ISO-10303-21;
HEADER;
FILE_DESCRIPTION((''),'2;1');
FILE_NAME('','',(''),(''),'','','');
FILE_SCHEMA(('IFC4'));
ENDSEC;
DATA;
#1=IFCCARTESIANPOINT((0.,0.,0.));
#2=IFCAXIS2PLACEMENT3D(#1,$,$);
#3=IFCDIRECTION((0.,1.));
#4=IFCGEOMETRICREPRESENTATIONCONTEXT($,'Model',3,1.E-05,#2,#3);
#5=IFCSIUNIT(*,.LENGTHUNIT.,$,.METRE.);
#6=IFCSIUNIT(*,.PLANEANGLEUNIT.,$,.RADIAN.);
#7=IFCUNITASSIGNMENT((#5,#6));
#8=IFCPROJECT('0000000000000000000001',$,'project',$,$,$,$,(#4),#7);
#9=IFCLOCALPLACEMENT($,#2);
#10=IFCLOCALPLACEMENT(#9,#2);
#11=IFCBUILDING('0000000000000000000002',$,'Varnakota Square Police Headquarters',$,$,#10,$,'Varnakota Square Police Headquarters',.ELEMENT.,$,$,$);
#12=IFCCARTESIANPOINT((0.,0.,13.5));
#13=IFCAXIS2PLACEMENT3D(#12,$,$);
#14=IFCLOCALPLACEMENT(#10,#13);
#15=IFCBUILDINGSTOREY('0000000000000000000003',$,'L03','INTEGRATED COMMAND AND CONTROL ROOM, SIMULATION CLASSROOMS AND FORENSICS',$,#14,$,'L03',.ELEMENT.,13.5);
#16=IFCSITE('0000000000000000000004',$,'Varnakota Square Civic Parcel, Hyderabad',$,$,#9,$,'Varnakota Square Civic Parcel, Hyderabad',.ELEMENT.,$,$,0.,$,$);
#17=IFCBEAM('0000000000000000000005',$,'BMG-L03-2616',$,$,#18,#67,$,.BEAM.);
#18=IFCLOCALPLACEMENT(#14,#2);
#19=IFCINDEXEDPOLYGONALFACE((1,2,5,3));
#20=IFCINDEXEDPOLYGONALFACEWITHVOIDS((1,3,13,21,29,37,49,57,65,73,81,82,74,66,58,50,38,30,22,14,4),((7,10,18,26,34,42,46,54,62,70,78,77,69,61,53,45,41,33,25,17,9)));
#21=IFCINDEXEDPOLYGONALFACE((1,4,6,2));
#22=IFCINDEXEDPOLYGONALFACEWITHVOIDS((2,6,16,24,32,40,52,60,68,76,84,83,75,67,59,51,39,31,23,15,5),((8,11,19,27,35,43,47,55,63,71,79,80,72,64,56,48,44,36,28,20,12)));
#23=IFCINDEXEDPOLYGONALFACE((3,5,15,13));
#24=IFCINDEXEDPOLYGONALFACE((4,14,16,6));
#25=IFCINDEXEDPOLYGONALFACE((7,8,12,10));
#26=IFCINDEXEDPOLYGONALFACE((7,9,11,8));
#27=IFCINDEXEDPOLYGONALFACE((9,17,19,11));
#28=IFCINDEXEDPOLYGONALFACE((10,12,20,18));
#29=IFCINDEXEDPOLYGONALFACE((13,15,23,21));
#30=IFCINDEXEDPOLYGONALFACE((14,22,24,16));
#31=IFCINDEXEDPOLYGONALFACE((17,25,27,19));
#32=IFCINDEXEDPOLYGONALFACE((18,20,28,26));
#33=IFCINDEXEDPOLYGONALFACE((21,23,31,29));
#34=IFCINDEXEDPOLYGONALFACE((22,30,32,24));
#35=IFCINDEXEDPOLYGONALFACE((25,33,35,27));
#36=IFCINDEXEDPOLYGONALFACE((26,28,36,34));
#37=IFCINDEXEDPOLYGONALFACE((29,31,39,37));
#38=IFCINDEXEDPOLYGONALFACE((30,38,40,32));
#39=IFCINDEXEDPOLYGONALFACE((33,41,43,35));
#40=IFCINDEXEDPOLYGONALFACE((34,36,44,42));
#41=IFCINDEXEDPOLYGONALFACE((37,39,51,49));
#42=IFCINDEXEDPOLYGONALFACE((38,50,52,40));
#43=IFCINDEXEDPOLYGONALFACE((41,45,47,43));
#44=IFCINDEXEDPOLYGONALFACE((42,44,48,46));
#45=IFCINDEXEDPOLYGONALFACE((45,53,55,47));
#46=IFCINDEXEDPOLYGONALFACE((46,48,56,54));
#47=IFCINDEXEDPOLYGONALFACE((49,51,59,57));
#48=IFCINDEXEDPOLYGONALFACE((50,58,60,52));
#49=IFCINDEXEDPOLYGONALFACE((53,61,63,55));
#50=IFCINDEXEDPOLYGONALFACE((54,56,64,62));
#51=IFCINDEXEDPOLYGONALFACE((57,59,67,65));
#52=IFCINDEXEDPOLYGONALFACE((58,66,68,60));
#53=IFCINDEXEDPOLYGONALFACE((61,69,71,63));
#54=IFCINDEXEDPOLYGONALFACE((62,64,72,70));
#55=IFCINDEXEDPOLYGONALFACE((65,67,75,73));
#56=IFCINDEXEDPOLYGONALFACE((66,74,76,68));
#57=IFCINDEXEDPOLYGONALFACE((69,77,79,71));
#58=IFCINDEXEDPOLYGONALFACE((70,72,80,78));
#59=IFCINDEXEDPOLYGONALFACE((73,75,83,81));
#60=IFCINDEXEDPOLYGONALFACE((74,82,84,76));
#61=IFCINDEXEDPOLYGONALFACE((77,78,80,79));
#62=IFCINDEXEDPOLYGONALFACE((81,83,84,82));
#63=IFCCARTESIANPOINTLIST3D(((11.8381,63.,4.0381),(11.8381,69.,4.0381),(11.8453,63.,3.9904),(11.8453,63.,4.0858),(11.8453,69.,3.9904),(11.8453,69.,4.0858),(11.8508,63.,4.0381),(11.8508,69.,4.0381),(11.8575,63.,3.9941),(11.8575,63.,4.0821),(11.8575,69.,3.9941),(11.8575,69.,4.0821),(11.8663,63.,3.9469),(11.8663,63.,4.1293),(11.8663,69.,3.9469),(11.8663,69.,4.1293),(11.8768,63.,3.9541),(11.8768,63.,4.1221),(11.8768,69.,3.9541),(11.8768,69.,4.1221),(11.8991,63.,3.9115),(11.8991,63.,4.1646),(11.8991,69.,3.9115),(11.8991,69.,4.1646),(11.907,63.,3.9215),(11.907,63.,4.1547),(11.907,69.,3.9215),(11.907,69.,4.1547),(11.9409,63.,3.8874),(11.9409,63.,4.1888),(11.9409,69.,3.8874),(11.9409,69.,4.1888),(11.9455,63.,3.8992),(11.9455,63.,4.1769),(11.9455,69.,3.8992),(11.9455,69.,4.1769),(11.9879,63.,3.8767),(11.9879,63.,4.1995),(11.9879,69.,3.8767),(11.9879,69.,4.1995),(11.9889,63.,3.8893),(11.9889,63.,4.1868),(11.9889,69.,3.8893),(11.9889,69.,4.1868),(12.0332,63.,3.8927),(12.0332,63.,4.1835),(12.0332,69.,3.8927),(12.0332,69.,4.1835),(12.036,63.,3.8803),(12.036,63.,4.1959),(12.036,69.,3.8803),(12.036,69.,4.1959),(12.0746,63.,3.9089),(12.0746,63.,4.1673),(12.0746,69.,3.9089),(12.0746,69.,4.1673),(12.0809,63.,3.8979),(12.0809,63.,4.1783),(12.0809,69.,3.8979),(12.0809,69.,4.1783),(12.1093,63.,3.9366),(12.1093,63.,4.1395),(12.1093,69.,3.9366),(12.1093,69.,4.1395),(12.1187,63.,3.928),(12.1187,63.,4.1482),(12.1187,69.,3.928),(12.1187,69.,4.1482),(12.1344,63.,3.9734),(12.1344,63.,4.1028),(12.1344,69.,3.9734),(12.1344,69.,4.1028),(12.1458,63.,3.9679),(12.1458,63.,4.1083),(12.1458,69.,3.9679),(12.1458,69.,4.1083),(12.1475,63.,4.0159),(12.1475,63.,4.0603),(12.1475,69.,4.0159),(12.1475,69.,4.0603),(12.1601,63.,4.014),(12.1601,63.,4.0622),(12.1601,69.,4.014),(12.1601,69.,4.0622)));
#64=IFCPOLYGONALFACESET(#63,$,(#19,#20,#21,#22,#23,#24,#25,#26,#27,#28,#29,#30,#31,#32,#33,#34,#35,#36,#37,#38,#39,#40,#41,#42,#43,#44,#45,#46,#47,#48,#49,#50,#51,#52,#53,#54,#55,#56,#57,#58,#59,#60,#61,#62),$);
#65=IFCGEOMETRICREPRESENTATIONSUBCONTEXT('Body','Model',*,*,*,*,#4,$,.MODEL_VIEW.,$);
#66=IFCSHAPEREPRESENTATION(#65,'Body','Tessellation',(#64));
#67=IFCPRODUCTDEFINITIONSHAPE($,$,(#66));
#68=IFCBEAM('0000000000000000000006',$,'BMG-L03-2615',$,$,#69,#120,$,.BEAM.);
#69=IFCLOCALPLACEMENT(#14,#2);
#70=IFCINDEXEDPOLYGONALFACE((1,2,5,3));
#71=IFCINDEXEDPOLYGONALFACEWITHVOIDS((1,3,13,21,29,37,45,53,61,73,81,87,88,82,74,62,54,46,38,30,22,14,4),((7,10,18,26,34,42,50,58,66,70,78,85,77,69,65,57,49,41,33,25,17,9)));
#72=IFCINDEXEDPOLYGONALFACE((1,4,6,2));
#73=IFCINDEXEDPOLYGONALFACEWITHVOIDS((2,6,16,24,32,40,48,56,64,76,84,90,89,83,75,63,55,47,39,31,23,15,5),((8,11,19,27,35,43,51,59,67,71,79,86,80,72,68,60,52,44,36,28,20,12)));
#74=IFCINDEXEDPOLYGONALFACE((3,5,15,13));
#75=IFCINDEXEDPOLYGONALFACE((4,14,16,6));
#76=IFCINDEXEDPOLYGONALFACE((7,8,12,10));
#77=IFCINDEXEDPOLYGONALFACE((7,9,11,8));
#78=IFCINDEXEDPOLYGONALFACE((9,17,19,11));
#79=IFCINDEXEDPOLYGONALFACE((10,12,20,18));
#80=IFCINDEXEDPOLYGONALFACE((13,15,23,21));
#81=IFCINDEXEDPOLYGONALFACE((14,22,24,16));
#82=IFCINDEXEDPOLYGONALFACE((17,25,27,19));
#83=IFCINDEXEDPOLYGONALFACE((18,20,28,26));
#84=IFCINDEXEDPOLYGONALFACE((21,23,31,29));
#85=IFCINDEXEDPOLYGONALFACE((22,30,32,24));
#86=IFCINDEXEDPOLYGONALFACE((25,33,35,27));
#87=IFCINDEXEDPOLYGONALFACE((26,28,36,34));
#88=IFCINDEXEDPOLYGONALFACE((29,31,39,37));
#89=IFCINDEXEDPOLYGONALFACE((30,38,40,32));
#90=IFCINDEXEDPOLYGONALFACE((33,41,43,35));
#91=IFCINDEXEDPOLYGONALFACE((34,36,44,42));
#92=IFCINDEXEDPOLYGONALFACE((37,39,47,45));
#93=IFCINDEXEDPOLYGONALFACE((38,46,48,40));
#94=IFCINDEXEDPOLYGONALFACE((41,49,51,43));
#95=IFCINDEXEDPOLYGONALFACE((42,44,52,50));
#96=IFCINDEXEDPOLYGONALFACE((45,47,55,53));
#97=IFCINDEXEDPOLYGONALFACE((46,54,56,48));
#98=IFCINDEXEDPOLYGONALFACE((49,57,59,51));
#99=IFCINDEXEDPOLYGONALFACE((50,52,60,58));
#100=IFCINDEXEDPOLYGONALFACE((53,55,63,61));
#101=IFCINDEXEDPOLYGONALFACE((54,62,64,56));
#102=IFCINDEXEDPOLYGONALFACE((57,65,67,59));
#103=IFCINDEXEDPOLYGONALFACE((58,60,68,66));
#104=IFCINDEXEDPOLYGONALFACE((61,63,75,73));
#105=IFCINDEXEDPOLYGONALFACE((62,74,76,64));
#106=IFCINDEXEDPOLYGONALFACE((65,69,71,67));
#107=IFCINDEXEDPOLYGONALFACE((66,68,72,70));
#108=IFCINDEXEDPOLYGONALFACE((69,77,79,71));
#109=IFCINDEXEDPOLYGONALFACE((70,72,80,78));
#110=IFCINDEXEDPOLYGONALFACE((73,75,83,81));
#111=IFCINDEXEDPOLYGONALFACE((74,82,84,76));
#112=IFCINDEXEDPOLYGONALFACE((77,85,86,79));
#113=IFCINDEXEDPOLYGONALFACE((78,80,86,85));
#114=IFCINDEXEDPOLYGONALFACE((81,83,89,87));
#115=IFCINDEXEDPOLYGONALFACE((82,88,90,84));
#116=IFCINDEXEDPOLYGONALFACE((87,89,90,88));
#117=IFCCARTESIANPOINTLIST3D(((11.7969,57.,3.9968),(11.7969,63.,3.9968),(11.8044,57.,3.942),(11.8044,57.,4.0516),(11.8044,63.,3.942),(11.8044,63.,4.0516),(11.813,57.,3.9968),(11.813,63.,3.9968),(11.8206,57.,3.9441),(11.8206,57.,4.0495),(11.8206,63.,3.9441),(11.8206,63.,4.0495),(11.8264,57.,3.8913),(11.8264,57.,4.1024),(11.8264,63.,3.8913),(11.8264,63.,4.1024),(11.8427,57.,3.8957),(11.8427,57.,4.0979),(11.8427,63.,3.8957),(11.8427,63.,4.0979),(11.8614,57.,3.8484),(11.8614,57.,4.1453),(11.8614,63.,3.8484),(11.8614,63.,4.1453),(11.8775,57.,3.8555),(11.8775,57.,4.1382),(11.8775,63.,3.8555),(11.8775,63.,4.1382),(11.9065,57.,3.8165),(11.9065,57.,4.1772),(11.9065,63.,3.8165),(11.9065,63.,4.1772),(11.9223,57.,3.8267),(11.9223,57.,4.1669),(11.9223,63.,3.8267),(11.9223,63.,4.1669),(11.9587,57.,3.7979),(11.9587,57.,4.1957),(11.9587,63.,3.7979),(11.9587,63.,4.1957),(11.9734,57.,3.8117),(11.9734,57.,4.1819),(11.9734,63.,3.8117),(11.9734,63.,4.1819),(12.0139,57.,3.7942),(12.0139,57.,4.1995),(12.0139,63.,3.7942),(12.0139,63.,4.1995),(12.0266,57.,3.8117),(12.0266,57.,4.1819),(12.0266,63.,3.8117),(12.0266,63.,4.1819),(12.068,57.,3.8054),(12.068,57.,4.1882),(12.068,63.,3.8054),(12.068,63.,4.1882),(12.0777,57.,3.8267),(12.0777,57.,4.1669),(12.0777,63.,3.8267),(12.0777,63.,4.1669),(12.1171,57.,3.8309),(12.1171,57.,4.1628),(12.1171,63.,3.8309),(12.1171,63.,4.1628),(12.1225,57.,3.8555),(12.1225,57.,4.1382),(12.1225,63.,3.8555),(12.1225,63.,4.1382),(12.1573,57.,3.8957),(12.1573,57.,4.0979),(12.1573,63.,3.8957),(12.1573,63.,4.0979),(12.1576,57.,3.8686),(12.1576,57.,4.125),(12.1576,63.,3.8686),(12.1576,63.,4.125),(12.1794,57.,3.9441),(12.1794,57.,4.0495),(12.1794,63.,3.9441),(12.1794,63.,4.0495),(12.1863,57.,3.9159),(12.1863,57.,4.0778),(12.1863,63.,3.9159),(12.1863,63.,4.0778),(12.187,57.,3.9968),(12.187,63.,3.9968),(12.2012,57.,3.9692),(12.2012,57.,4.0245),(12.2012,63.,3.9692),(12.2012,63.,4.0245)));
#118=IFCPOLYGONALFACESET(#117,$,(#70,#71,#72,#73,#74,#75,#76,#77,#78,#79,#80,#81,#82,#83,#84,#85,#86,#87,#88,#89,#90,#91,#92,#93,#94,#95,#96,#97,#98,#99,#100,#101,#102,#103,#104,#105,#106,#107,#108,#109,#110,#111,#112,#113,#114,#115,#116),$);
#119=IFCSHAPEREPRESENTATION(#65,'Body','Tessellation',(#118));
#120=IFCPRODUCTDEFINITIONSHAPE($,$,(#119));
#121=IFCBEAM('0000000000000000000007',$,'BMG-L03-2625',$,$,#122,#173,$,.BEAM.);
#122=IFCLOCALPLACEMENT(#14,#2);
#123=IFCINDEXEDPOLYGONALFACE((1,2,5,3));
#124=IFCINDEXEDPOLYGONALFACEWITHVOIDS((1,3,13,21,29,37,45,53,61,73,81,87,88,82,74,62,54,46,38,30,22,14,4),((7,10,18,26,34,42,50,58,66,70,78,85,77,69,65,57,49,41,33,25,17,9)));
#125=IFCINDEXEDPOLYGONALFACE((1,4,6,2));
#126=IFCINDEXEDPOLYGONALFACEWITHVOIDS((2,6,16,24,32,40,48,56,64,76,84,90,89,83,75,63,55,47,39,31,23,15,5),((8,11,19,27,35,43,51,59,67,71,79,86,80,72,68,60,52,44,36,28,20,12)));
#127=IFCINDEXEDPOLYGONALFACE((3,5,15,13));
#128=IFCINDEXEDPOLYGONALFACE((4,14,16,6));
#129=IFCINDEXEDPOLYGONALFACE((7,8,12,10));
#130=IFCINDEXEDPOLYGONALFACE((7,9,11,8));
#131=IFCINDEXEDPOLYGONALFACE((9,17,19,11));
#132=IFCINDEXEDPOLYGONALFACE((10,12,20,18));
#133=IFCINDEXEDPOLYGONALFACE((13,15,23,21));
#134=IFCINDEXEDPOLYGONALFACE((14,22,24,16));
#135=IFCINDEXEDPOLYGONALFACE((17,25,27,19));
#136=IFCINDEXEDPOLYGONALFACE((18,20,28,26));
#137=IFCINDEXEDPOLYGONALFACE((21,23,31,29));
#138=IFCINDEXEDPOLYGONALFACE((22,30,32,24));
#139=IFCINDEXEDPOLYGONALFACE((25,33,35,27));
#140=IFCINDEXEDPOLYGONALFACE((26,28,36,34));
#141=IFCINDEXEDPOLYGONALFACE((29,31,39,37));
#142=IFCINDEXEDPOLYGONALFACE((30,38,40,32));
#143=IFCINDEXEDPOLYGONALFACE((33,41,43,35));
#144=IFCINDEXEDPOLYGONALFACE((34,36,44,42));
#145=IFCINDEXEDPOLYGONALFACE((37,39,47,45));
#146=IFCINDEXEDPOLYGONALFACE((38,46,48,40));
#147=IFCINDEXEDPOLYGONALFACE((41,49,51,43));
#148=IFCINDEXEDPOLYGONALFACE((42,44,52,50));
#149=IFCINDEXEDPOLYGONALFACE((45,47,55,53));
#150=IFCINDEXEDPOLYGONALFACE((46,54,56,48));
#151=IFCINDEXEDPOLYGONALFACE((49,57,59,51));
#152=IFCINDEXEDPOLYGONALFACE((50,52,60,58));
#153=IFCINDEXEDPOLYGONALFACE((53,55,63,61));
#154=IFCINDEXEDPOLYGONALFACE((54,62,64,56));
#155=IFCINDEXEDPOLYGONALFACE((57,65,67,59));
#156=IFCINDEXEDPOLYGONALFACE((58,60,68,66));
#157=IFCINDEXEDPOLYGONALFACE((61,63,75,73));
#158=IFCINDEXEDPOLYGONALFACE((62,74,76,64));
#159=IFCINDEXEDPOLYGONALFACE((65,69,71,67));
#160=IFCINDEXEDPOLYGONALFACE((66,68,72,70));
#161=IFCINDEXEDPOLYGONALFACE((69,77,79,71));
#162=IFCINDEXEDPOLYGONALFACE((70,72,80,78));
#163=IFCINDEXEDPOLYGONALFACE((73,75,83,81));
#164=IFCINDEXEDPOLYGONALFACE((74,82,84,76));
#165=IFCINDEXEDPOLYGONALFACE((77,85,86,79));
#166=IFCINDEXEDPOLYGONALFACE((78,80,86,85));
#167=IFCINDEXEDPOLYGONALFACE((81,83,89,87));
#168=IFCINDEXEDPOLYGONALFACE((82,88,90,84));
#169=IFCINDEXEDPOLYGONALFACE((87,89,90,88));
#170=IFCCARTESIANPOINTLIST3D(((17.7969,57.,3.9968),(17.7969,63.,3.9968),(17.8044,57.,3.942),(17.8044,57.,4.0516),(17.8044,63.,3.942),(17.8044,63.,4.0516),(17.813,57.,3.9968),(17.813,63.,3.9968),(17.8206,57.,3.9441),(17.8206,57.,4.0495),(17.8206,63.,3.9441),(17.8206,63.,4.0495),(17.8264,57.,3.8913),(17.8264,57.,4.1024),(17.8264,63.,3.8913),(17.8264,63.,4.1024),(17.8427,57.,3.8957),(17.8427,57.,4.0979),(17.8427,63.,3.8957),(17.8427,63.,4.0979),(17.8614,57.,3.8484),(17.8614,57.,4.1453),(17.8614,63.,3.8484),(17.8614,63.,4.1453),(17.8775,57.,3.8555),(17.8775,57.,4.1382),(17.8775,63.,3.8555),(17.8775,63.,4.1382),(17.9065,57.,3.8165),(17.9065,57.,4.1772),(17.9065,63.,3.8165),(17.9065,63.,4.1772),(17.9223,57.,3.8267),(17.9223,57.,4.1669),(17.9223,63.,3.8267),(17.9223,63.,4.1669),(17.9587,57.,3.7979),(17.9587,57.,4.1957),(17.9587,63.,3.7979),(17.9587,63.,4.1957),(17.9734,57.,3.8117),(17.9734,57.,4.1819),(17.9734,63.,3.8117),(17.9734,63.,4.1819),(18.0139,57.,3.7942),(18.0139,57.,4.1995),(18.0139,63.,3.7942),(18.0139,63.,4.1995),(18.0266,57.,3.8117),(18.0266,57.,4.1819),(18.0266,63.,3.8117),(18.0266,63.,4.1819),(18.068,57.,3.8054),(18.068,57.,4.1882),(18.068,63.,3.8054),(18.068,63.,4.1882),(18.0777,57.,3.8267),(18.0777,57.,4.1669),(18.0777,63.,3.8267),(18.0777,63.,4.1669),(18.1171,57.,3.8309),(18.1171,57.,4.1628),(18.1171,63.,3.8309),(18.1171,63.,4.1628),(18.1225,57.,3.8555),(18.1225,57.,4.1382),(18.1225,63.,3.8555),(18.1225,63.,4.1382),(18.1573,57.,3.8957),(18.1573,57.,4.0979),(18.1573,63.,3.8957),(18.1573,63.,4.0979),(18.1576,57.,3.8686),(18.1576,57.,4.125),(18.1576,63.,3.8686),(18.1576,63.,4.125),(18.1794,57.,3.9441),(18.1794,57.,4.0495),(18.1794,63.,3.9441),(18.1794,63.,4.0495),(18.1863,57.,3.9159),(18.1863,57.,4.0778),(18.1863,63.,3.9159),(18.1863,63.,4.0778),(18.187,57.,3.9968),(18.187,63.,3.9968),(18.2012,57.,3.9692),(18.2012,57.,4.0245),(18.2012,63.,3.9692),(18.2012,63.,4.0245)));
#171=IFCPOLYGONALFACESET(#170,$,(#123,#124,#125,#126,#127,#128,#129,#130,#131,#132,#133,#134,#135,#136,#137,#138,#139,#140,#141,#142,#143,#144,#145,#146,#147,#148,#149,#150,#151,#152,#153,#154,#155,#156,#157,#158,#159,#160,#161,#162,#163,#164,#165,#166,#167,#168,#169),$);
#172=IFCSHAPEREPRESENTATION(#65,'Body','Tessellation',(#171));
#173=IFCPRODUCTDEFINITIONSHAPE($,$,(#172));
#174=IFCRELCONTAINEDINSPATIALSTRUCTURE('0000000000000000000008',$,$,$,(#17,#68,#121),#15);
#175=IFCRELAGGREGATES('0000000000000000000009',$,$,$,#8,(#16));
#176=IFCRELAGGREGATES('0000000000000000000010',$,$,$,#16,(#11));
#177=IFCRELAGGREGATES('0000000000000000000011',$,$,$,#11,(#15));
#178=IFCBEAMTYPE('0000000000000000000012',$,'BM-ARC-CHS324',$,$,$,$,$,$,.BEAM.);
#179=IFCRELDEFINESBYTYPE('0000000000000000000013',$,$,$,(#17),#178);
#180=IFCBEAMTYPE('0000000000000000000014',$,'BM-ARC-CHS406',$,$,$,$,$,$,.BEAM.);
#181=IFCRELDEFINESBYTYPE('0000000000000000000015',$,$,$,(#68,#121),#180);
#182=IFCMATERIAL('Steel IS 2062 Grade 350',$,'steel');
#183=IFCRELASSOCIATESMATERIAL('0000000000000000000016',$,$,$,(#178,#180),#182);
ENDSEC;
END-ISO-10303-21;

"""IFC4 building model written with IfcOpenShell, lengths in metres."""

from ifc_helpers import new_model, si_unit, direction, frame, origin, origin_2d, place, context, subcontext, project, spatial, hollow_circle, extrude, material, material_profile, profile_set, type_object, element, save


model = new_model("IFC4")

# Units and contexts
model_context = context("Model", 3, precision=1e-05, world=origin(), true_north=direction((0.0, 1.0)))
body_context = subcontext(model_context, "Body", "Model", "MODEL_VIEW")
ifc_project = project(units=[si_unit("LENGTHUNIT", "METRE"), si_unit("PLANEANGLEUNIT", "RADIAN")], contexts=[model_context])

# Site, building, storey
site_placement = place(None, origin())
site = spatial("IfcSite", under=ifc_project, at=site_placement, Name="Varnakota Square Civic Parcel, Hyderabad", LongName="Varnakota Square Civic Parcel, Hyderabad", CompositionType="ELEMENT", RefElevation=0.0)
building_placement = place(site_placement, origin())
building = spatial("IfcBuilding", under=site, at=building_placement, Name="Varnakota Square Police Headquarters", LongName="Varnakota Square Police Headquarters", CompositionType="ELEMENT")
storey_placement = place(building_placement, frame((0.0, 0.0, 13.5)))
storey = spatial("IfcBuildingStorey", under=building, at=storey_placement, Name="L03", Description="INTEGRATED COMMAND AND CONTROL ROOM, SIMULATION CLASSROOMS AND FORENSICS", LongName="L03", CompositionType="ELEMENT", Elevation=13.5)

# Shared definitions
ifc_material_1 = material(Name="Steel IS 2062 Grade 350", Category="steel")

# Beams
ifc_material_profile_1 = material_profile(ifc_material_1, hollow_circle(Radius=0.1619, WallThickness=0.0127, at=origin_2d()), Name="CHS 323.9x12.7")
ifc_profile_set_1 = profile_set([ifc_material_profile_1], Name="Steel IS 2062 Grade 350")
beam_type_1 = type_object("IfcBeamType", Name="BM-ARC-CHS324", PredefinedType="BEAM", material=ifc_profile_set_1)
for number, where, z_axis, x_axis, name in (
    (1, (12.0, 63.0, 4.0381), (0.0, 1.0, 0.0), (-1.0, 0.0, 0.0), "BMG-L03-2616"),
):
    element("IfcBeam", number, at=place(storey_placement, frame(where, z_axis=z_axis, x_axis=x_axis)), inside=storey, type_object=beam_type_1, Name=name, PredefinedType="BEAM", context=body_context, shape_type="SweptSolid", body=[
        extrude(hollow_circle(Radius=0.1619, WallThickness=0.0127, at=origin_2d()), origin(), (0.0, 0.0, 1.0), 6.0),
    ])
ifc_material_profile_2 = material_profile(ifc_material_1, hollow_circle(Radius=0.2031, WallThickness=0.0161, at=origin_2d()), Name="CHS 406.4x16.0")
ifc_profile_set_2 = profile_set([ifc_material_profile_2], Name="Steel IS 2062 Grade 350")
beam_type_2 = type_object("IfcBeamType", Name="BM-ARC-CHS406", PredefinedType="BEAM", material=ifc_profile_set_2)
for number, where, z_axis, x_axis, name in (
    (2, (12.0, 57.0, 3.9968), (0.0, 1.0, 0.0), (-1.0, 0.0, 0.0), "BMG-L03-2615"),
    (3, (18.0, 57.0, 3.9968), (0.0, 1.0, 0.0), (-1.0, 0.0, 0.0), "BMG-L03-2625"),
):
    element("IfcBeam", number, at=place(storey_placement, frame(where, z_axis=z_axis, x_axis=x_axis)), inside=storey, type_object=beam_type_2, Name=name, PredefinedType="BEAM", context=body_context, shape_type="SweptSolid", body=[
        extrude(hollow_circle(Radius=0.2031, WallThickness=0.0161, at=origin_2d()), origin(), (0.0, 0.0, 1.0), 6.0),
    ])

save(model, "model.ifc")
